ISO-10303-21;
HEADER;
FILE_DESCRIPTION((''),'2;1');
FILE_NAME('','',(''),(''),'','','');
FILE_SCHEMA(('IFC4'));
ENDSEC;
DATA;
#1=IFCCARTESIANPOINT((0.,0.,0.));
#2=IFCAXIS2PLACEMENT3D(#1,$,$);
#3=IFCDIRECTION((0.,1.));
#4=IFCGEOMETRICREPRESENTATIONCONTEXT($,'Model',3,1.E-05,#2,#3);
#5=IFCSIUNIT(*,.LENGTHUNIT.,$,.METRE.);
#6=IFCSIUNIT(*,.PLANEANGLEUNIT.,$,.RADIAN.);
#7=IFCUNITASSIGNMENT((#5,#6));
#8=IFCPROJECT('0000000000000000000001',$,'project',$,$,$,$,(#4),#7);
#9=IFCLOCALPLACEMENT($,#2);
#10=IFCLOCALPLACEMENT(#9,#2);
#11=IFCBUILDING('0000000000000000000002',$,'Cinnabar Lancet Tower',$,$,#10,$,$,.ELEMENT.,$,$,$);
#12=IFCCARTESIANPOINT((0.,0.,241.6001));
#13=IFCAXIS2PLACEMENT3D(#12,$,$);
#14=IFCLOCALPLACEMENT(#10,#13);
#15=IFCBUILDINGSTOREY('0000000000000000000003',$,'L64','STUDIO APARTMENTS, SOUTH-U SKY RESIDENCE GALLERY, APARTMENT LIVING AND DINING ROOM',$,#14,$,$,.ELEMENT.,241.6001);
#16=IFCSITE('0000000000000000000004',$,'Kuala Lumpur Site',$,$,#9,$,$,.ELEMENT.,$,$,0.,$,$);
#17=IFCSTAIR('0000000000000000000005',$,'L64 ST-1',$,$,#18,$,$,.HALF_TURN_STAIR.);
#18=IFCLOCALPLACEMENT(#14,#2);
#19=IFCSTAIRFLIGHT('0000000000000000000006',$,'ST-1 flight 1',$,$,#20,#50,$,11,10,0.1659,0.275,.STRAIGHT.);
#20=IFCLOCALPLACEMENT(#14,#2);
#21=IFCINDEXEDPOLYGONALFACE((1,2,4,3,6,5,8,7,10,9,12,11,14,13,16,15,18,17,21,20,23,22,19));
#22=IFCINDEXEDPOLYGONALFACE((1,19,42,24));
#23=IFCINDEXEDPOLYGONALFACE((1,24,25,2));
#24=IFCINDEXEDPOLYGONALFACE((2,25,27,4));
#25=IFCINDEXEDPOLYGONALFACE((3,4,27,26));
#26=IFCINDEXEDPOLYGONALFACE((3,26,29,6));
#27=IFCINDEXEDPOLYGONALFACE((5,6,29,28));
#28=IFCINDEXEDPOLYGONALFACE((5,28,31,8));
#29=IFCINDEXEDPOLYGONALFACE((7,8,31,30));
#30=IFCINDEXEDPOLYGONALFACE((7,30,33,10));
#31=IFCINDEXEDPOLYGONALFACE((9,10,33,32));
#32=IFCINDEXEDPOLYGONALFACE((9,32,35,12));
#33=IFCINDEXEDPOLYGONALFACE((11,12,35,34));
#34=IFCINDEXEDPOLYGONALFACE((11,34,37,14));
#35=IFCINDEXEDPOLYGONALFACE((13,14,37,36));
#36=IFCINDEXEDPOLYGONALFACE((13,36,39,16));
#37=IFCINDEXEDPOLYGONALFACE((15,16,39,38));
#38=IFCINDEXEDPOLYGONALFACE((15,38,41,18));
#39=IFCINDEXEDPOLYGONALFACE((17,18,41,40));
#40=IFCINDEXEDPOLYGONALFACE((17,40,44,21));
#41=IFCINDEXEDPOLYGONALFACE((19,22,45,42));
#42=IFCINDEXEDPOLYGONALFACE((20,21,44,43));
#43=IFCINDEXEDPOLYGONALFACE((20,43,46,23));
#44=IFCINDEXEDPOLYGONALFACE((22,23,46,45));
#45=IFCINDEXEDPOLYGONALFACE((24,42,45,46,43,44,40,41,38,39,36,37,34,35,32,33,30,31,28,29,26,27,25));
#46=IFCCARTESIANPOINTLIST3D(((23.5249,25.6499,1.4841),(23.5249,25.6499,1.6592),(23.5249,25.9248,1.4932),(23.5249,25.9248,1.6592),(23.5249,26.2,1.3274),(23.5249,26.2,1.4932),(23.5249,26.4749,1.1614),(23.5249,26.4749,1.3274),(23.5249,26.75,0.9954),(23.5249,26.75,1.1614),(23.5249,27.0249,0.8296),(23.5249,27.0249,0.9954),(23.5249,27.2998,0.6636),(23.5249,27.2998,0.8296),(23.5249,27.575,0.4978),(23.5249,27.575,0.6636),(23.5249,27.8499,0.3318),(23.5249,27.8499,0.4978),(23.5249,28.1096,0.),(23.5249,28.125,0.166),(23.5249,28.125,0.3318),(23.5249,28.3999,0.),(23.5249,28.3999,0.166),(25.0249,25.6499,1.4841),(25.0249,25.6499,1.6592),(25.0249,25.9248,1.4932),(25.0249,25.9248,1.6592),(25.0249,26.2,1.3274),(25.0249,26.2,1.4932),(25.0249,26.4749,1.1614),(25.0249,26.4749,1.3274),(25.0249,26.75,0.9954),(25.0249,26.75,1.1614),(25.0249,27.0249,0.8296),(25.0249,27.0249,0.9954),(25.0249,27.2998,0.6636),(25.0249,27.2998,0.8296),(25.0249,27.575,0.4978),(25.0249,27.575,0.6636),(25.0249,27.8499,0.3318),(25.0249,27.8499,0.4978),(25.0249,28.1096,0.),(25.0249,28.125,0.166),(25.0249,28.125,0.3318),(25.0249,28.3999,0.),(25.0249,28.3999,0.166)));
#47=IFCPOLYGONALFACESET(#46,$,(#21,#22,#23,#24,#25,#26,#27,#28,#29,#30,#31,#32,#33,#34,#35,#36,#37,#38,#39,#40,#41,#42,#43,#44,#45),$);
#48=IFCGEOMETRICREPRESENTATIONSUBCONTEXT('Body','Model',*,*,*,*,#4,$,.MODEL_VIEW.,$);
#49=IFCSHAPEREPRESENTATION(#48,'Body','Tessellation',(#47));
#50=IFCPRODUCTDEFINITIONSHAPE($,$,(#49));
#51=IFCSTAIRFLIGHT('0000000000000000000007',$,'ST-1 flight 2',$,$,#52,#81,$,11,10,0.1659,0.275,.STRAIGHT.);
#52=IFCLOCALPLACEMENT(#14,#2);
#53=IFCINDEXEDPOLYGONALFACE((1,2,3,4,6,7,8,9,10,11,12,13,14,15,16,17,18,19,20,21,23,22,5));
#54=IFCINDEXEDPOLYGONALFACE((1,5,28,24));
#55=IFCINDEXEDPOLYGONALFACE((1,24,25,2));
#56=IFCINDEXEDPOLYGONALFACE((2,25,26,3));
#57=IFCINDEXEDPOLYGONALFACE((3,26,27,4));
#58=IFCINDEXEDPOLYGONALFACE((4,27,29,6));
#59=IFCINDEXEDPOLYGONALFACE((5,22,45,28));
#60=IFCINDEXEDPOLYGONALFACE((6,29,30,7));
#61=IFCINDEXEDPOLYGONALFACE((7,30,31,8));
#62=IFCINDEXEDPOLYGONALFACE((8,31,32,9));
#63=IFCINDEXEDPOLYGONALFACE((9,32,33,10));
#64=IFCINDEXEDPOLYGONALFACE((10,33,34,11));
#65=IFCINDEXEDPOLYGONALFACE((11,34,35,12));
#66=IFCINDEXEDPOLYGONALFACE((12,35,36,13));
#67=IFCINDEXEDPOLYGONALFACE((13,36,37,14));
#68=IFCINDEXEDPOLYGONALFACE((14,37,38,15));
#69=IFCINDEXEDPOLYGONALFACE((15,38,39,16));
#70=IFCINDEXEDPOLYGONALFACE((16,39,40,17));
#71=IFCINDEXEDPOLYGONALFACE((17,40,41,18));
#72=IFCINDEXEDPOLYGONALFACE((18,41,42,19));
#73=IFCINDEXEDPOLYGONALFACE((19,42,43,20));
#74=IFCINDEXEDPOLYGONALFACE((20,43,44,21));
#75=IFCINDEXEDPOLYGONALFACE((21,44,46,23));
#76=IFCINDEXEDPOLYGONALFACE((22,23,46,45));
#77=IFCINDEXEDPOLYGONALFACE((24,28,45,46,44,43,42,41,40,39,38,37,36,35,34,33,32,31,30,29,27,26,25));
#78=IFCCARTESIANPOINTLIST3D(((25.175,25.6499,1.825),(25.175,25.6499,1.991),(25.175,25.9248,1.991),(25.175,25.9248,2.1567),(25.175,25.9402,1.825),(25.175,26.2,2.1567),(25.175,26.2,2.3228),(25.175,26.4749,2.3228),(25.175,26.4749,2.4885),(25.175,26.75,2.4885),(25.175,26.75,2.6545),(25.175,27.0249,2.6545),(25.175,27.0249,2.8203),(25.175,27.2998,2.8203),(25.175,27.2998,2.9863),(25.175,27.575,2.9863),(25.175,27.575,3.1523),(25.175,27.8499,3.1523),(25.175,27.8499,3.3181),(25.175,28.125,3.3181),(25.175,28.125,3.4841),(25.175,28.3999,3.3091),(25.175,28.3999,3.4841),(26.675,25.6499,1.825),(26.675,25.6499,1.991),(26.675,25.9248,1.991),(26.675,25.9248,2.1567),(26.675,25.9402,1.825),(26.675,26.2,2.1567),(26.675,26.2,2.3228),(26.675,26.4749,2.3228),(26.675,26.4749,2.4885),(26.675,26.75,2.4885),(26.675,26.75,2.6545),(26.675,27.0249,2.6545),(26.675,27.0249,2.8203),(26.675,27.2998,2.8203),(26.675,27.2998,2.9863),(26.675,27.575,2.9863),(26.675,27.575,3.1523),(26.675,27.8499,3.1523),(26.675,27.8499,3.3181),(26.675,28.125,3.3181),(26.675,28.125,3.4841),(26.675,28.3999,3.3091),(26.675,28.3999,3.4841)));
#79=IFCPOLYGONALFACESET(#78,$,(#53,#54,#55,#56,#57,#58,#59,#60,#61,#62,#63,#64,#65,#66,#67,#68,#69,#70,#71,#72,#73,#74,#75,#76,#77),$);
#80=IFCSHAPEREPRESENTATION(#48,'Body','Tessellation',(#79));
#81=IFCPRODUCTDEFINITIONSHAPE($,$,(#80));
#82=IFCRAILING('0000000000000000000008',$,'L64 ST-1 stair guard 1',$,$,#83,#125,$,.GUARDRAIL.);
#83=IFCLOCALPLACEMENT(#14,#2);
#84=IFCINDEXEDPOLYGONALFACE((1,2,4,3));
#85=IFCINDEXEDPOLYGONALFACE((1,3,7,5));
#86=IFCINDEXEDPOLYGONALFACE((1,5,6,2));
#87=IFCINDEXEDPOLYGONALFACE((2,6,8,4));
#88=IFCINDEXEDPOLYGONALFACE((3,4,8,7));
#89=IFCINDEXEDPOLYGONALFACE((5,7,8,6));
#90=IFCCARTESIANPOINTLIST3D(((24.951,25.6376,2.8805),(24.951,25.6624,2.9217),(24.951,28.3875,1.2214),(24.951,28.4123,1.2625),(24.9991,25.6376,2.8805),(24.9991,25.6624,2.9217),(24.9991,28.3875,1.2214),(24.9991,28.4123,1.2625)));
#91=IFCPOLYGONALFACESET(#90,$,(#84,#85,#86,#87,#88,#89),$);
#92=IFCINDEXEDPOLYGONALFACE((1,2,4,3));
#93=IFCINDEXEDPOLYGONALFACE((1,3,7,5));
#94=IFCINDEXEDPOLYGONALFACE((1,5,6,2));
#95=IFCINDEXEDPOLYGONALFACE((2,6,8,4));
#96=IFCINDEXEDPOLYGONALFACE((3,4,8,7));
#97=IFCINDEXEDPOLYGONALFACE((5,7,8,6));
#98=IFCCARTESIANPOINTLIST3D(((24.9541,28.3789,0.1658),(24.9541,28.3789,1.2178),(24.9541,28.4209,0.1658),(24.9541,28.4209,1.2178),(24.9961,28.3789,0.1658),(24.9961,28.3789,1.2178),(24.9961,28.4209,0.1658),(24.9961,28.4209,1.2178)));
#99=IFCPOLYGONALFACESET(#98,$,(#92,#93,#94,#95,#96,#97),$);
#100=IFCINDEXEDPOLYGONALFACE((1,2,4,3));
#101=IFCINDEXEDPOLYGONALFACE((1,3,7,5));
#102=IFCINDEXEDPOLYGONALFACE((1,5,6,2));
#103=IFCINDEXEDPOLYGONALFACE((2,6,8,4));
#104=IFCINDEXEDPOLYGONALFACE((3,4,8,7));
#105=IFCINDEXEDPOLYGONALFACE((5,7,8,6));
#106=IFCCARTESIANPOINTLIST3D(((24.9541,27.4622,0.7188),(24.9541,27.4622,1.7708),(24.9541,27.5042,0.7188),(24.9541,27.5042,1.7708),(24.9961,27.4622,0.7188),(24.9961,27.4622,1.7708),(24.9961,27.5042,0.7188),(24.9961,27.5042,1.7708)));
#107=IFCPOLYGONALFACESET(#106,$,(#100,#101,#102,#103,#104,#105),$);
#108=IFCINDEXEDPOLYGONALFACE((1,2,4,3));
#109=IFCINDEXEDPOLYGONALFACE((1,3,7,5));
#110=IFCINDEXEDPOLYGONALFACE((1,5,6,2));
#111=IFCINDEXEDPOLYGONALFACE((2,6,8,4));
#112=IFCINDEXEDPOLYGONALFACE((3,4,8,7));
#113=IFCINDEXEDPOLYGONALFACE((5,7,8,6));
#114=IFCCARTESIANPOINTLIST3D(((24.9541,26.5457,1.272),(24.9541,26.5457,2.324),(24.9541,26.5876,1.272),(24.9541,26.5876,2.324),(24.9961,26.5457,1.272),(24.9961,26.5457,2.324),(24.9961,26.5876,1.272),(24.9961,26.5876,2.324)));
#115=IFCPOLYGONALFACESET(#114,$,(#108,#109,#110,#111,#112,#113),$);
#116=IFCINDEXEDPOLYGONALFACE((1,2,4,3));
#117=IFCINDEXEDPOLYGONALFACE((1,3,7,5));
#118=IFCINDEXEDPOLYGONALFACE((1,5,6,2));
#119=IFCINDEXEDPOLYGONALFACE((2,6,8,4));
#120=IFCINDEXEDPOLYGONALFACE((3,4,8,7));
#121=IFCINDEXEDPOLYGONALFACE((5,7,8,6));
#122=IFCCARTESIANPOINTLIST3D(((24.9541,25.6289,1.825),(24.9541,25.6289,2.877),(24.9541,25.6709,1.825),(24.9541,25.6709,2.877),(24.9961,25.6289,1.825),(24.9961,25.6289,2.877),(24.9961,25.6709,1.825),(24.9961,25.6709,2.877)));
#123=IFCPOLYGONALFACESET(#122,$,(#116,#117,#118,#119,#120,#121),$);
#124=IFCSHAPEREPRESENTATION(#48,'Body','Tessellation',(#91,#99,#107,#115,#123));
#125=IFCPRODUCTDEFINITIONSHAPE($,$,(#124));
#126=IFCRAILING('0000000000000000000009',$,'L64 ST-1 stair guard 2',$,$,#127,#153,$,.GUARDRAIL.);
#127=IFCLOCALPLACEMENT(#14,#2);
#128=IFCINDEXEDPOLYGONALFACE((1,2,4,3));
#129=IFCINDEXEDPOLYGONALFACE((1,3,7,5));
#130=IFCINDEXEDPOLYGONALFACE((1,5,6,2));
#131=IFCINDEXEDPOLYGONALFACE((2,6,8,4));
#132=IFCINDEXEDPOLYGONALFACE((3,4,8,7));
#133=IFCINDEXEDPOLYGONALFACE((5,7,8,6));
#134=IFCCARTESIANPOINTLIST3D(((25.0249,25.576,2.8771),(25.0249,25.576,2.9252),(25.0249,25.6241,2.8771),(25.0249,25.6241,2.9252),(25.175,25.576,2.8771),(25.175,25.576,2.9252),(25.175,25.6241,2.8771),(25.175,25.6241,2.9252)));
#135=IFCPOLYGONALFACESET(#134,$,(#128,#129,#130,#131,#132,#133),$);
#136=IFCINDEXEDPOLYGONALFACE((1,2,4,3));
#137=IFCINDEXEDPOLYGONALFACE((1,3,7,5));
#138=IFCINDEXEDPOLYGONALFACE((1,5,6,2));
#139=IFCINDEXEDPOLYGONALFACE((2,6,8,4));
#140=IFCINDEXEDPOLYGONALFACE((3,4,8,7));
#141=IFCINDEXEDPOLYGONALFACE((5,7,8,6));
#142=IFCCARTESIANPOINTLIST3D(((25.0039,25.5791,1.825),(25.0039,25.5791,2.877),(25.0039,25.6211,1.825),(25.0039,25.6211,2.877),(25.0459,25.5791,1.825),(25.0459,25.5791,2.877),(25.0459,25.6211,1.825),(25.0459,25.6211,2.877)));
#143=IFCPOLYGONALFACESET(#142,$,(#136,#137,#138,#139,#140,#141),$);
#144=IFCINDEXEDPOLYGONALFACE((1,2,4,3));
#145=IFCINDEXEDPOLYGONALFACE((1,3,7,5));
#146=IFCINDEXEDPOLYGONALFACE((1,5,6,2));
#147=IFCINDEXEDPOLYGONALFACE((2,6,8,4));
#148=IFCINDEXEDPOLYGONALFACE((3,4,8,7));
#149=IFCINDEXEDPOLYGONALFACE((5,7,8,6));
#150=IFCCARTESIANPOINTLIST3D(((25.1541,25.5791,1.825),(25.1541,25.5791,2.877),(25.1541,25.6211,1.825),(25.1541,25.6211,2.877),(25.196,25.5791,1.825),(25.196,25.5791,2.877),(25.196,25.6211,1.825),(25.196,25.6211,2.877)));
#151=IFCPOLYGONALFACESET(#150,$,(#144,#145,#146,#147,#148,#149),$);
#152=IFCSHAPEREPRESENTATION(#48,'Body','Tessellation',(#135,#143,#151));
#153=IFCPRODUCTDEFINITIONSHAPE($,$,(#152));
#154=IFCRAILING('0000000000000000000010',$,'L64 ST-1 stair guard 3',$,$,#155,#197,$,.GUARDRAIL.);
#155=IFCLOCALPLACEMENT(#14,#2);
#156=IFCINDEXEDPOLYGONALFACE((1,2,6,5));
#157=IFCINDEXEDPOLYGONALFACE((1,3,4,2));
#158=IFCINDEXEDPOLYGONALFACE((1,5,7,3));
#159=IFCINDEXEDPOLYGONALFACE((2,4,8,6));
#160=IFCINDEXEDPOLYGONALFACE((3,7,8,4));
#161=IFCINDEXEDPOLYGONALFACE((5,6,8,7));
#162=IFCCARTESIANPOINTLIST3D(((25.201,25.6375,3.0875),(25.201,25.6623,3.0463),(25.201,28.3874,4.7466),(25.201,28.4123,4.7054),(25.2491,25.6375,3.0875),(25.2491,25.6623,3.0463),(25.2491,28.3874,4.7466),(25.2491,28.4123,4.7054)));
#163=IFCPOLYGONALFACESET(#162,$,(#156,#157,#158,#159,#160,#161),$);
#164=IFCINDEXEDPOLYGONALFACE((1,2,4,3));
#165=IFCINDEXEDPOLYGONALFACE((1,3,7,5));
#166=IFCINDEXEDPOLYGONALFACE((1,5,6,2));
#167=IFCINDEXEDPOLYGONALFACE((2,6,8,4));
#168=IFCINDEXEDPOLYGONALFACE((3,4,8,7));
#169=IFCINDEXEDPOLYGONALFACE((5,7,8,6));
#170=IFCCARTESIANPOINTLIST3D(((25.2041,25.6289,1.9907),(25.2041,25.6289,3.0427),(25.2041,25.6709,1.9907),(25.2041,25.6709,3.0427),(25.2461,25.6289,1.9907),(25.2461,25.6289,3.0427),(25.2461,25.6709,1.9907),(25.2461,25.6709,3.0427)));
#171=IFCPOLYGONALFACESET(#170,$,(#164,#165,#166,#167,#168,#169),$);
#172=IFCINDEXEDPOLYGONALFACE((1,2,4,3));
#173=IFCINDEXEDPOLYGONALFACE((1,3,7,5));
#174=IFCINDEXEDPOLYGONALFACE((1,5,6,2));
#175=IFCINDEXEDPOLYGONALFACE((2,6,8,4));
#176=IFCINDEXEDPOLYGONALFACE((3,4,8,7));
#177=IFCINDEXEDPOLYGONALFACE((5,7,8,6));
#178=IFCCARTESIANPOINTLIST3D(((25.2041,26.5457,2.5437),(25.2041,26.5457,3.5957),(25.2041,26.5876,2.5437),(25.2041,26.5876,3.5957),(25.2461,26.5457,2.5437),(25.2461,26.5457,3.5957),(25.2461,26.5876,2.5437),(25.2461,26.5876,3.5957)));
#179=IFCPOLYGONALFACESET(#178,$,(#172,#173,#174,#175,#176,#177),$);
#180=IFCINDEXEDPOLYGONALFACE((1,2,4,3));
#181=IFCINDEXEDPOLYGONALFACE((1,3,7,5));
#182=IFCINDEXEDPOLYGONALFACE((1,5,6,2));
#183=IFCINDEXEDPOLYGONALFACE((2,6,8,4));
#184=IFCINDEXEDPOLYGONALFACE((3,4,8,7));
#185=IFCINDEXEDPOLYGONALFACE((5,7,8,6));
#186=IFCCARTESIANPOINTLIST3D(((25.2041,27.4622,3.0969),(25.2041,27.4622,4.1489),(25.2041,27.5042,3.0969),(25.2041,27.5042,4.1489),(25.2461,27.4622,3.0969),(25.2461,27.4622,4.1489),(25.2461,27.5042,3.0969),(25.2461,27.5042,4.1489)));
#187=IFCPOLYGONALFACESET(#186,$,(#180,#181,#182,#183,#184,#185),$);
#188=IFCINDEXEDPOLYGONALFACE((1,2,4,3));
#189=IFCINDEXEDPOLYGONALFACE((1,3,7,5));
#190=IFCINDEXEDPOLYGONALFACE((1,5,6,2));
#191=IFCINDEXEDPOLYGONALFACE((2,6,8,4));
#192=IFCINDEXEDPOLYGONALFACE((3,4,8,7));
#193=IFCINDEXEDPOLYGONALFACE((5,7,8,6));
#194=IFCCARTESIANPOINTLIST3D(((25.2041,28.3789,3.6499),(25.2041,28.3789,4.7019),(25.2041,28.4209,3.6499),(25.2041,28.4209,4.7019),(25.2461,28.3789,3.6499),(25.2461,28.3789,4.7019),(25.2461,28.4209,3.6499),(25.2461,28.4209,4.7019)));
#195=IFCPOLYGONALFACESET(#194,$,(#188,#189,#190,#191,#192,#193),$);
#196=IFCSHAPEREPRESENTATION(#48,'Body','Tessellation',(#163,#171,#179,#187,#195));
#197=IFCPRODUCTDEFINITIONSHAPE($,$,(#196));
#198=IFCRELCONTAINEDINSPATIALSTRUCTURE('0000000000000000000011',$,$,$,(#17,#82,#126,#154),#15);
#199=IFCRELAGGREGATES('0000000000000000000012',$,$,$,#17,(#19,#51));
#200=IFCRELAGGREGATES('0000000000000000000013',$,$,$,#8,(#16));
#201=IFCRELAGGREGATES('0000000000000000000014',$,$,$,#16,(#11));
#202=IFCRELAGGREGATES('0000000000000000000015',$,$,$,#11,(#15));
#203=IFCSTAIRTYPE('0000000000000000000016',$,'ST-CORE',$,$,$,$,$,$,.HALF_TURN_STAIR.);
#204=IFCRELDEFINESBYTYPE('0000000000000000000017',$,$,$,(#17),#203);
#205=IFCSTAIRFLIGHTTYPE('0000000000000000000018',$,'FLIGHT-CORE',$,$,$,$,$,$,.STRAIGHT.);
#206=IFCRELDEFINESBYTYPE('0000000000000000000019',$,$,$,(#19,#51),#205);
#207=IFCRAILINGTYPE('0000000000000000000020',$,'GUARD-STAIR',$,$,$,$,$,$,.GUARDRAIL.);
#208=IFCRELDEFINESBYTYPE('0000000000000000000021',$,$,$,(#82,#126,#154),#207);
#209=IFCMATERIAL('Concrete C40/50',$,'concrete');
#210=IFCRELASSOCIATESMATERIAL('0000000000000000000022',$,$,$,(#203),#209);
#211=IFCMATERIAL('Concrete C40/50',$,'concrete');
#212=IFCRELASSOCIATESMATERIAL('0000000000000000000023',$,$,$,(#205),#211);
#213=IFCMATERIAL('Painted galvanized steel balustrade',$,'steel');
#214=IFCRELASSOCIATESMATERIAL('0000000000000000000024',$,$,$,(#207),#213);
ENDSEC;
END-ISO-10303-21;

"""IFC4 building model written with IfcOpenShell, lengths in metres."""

from ifc_helpers import new_model, si_unit, direction, frame, origin, origin_2d, place, context, subcontext, project, spatial, polyline, rectangle, outline, extrude, material, type_object, element, aggregate, save


model = new_model("IFC4")

# Units and contexts
model_context = context("Model", 3, precision=1e-05, world=origin(), true_north=direction((0.0, 1.0)))
body_context = subcontext(model_context, "Body", "Model", "MODEL_VIEW")
ifc_project = project(units=[si_unit("LENGTHUNIT", "METRE"), si_unit("PLANEANGLEUNIT", "RADIAN")], contexts=[model_context])

# Site, building, storey
site_placement = place(None, origin())
site = spatial("IfcSite", under=ifc_project, at=site_placement, Name="Kuala Lumpur Site", CompositionType="ELEMENT", RefElevation=0.0)
building_placement = place(site_placement, origin())
building = spatial("IfcBuilding", under=site, at=building_placement, Name="Cinnabar Lancet Tower", CompositionType="ELEMENT")
storey_placement = place(building_placement, frame((0.0, 0.0, 241.6001)))
storey = spatial("IfcBuildingStorey", under=building, at=storey_placement, Name="L64", Description="STUDIO APARTMENTS, SOUTH-U SKY RESIDENCE GALLERY, APARTMENT LIVING AND DINING ROOM", CompositionType="ELEMENT", Elevation=241.6001)

# Stair, stair flights
ifc_material_1 = material(Name="Concrete C40/50", Category="concrete")
stair_type = type_object("IfcStairType", Name="ST-CORE", PredefinedType="HALF_TURN_STAIR", material=ifc_material_1)
stair_placement = place(storey_placement, origin())
stair = element("IfcStair", 1, at=stair_placement, inside=storey, type_object=stair_type, Name="L64 ST-1", PredefinedType="HALF_TURN_STAIR")
ifc_material_2 = material(Name="Concrete C40/50", Category="concrete")
stair_flight_type = type_object("IfcStairFlightType", Name="FLIGHT-CORE", PredefinedType="STRAIGHT", material=ifc_material_2)
stair_flight_1_placement = place(storey_placement, frame((24.2749, 28.3999, 0.0), z_axis=(0.0, 0.0, 1.0), x_axis=(0.0, -1.0, 0.0)))
stair_flight_1 = element("IfcStairFlight", 2, at=stair_flight_1_placement, type_object=stair_flight_type, Name="ST-1 flight 1", NumberOfRisers=11, NumberOfTreads=10, PredefinedType="STRAIGHT", RiserHeight=0.1659, TreadLength=0.275, context=body_context, shape_type="SweptSolid", body=[
    extrude(outline(polyline([(0.0, 0.0), (0.0, 0.166), (0.2749, 0.166), (0.2749, 0.3318), (0.55, 0.3318), (0.55, 0.4978), (0.825, 0.4978), (0.825, 0.6636), (1.1001, 0.6636), (1.1001, 0.8296), (1.375, 0.8296), (1.375, 0.9954), (1.6499, 0.9954), (1.6499, 1.1614), (1.925, 1.1614), (1.925, 1.3274), (2.2, 1.3274), (2.2, 1.4932), (2.4751, 1.4932), (2.4751, 1.6592), (2.75, 1.6592), (2.75, 1.825), (2.75, 1.4841), (0.2903, 0.0), (0.0, 0.0)])), frame((0.0, 0.75, 0.0), z_axis=(0.0, -1.0, 0.0), x_axis=(1.0, 0.0, 0.0)), (0.0, 0.0, 1.0), 1.5),
])
stair_flight_2_placement = place(storey_placement, frame((25.925, 25.6499, 1.825), z_axis=(0.0, 0.0, 1.0), x_axis=(0.0, 1.0, 0.0)))
stair_flight_2 = element("IfcStairFlight", 3, at=stair_flight_2_placement, type_object=stair_flight_type, Name="ST-1 flight 2", NumberOfRisers=11, NumberOfTreads=10, PredefinedType="STRAIGHT", RiserHeight=0.1659, TreadLength=0.275, context=body_context, shape_type="SweptSolid", body=[
    extrude(outline(polyline([(0.0, 0.0), (0.0, 0.166), (0.2749, 0.166), (0.2749, 0.3318), (0.55, 0.3318), (0.55, 0.4978), (0.825, 0.4978), (0.825, 0.6636), (1.1001, 0.6636), (1.1001, 0.8296), (1.375, 0.8296), (1.375, 0.9954), (1.6499, 0.9954), (1.6499, 1.1614), (1.925, 1.1614), (1.925, 1.3274), (2.2, 1.3274), (2.2, 1.4932), (2.4751, 1.4932), (2.4751, 1.6592), (2.75, 1.6592), (2.75, 1.825), (2.75, 1.4841), (0.2903, 0.0), (0.0, 0.0)])), frame((0.0, 0.75, 0.0), z_axis=(0.0, -1.0, 0.0), x_axis=(1.0, 0.0, 0.0)), (0.0, 0.0, 1.0), 1.5),
])
aggregate(stair, [stair_flight_1, stair_flight_2])

# Railings
ifc_material_3 = material(Name="Painted galvanized steel balustrade", Category="steel")
railing_type_1 = type_object("IfcRailingType", Name="GUARD-STAIR", PredefinedType="GUARDRAIL", material=ifc_material_3)
railing_1_placement = place(storey_placement, frame((24.9751, 28.3999, 0.1658)))
element("IfcRailing", 4, at=railing_1_placement, inside=storey, type_object=railing_type_1, Name="L64 ST-1 stair guard 1", PredefinedType="GUARDRAIL", context=body_context, shape_type="SweptSolid", body=[
    extrude(rectangle(XDim=0.0481, YDim=0.0481, at=origin_2d()), frame((0.0, 0.0, 1.0762), z_axis=(0.0, -0.856229, 0.516596), x_axis=(1.0, 0.0, 0.0)), (0.0, 0.0, 1.0), 3.2117),
    extrude(rectangle(XDim=0.042, YDim=0.042, at=origin_2d()), origin(), (0.0, 0.0, 1.0), 1.052),
    extrude(rectangle(XDim=0.042, YDim=0.042, at=origin_2d()), frame((0.0, -0.9167, 0.553)), (0.0, 0.0, 1.0), 1.052),
    extrude(rectangle(XDim=0.042, YDim=0.042, at=origin_2d()), frame((0.0, -1.8333, 1.1062)), (0.0, 0.0, 1.0), 1.052),
    extrude(rectangle(XDim=0.042, YDim=0.042, at=origin_2d()), frame((0.0, -2.75, 1.6592)), (0.0, 0.0, 1.0), 1.052),
])
railing_2_placement = place(storey_placement, frame((25.0249, 25.6001, 1.825)))
element("IfcRailing", 5, at=railing_2_placement, inside=storey, type_object=railing_type_1, Name="L64 ST-1 stair guard 2", PredefinedType="GUARDRAIL", context=body_context, shape_type="SweptSolid", body=[
    extrude(rectangle(XDim=0.0481, YDim=0.0481, at=origin_2d()), frame((0.0, 0.0, 1.0762), z_axis=(1.0, 0.0, 0.0), x_axis=(0.0, 1.0, 0.0)), (0.0, 0.0, 1.0), 0.1501),
    extrude(rectangle(XDim=0.042, YDim=0.042, at=origin_2d()), origin(), (0.0, 0.0, 1.0), 1.052),
    extrude(rectangle(XDim=0.042, YDim=0.042, at=origin_2d()), frame((0.1501, 0.0, 0.0)), (0.0, 0.0, 1.0), 1.052),
])
railing_3_placement = place(storey_placement, frame((25.2251, 25.6499, 1.9907)))
element("IfcRailing", 6, at=railing_3_placement, inside=storey, type_object=railing_type_1, Name="L64 ST-1 stair guard 3", PredefinedType="GUARDRAIL", context=body_context, shape_type="SweptSolid", body=[
    extrude(rectangle(XDim=0.0481, YDim=0.0481, at=origin_2d()), frame((0.0, 0.0, 1.0762), z_axis=(0.0, 0.856229, 0.516596), x_axis=(-1.0, 0.0, 0.0)), (0.0, 0.0, 1.0), 3.2117),
    extrude(rectangle(XDim=0.042, YDim=0.042, at=origin_2d()), origin(), (0.0, 0.0, 1.0), 1.052),
    extrude(rectangle(XDim=0.042, YDim=0.042, at=origin_2d()), frame((0.0, 0.9167, 0.553)), (0.0, 0.0, 1.0), 1.052),
    extrude(rectangle(XDim=0.042, YDim=0.042, at=origin_2d()), frame((0.0, 1.8333, 1.1062)), (0.0, 0.0, 1.0), 1.052),
    extrude(rectangle(XDim=0.042, YDim=0.042, at=origin_2d()), frame((0.0, 2.75, 1.6592)), (0.0, 0.0, 1.0), 1.052),
])

save(model, "model.ifc")
